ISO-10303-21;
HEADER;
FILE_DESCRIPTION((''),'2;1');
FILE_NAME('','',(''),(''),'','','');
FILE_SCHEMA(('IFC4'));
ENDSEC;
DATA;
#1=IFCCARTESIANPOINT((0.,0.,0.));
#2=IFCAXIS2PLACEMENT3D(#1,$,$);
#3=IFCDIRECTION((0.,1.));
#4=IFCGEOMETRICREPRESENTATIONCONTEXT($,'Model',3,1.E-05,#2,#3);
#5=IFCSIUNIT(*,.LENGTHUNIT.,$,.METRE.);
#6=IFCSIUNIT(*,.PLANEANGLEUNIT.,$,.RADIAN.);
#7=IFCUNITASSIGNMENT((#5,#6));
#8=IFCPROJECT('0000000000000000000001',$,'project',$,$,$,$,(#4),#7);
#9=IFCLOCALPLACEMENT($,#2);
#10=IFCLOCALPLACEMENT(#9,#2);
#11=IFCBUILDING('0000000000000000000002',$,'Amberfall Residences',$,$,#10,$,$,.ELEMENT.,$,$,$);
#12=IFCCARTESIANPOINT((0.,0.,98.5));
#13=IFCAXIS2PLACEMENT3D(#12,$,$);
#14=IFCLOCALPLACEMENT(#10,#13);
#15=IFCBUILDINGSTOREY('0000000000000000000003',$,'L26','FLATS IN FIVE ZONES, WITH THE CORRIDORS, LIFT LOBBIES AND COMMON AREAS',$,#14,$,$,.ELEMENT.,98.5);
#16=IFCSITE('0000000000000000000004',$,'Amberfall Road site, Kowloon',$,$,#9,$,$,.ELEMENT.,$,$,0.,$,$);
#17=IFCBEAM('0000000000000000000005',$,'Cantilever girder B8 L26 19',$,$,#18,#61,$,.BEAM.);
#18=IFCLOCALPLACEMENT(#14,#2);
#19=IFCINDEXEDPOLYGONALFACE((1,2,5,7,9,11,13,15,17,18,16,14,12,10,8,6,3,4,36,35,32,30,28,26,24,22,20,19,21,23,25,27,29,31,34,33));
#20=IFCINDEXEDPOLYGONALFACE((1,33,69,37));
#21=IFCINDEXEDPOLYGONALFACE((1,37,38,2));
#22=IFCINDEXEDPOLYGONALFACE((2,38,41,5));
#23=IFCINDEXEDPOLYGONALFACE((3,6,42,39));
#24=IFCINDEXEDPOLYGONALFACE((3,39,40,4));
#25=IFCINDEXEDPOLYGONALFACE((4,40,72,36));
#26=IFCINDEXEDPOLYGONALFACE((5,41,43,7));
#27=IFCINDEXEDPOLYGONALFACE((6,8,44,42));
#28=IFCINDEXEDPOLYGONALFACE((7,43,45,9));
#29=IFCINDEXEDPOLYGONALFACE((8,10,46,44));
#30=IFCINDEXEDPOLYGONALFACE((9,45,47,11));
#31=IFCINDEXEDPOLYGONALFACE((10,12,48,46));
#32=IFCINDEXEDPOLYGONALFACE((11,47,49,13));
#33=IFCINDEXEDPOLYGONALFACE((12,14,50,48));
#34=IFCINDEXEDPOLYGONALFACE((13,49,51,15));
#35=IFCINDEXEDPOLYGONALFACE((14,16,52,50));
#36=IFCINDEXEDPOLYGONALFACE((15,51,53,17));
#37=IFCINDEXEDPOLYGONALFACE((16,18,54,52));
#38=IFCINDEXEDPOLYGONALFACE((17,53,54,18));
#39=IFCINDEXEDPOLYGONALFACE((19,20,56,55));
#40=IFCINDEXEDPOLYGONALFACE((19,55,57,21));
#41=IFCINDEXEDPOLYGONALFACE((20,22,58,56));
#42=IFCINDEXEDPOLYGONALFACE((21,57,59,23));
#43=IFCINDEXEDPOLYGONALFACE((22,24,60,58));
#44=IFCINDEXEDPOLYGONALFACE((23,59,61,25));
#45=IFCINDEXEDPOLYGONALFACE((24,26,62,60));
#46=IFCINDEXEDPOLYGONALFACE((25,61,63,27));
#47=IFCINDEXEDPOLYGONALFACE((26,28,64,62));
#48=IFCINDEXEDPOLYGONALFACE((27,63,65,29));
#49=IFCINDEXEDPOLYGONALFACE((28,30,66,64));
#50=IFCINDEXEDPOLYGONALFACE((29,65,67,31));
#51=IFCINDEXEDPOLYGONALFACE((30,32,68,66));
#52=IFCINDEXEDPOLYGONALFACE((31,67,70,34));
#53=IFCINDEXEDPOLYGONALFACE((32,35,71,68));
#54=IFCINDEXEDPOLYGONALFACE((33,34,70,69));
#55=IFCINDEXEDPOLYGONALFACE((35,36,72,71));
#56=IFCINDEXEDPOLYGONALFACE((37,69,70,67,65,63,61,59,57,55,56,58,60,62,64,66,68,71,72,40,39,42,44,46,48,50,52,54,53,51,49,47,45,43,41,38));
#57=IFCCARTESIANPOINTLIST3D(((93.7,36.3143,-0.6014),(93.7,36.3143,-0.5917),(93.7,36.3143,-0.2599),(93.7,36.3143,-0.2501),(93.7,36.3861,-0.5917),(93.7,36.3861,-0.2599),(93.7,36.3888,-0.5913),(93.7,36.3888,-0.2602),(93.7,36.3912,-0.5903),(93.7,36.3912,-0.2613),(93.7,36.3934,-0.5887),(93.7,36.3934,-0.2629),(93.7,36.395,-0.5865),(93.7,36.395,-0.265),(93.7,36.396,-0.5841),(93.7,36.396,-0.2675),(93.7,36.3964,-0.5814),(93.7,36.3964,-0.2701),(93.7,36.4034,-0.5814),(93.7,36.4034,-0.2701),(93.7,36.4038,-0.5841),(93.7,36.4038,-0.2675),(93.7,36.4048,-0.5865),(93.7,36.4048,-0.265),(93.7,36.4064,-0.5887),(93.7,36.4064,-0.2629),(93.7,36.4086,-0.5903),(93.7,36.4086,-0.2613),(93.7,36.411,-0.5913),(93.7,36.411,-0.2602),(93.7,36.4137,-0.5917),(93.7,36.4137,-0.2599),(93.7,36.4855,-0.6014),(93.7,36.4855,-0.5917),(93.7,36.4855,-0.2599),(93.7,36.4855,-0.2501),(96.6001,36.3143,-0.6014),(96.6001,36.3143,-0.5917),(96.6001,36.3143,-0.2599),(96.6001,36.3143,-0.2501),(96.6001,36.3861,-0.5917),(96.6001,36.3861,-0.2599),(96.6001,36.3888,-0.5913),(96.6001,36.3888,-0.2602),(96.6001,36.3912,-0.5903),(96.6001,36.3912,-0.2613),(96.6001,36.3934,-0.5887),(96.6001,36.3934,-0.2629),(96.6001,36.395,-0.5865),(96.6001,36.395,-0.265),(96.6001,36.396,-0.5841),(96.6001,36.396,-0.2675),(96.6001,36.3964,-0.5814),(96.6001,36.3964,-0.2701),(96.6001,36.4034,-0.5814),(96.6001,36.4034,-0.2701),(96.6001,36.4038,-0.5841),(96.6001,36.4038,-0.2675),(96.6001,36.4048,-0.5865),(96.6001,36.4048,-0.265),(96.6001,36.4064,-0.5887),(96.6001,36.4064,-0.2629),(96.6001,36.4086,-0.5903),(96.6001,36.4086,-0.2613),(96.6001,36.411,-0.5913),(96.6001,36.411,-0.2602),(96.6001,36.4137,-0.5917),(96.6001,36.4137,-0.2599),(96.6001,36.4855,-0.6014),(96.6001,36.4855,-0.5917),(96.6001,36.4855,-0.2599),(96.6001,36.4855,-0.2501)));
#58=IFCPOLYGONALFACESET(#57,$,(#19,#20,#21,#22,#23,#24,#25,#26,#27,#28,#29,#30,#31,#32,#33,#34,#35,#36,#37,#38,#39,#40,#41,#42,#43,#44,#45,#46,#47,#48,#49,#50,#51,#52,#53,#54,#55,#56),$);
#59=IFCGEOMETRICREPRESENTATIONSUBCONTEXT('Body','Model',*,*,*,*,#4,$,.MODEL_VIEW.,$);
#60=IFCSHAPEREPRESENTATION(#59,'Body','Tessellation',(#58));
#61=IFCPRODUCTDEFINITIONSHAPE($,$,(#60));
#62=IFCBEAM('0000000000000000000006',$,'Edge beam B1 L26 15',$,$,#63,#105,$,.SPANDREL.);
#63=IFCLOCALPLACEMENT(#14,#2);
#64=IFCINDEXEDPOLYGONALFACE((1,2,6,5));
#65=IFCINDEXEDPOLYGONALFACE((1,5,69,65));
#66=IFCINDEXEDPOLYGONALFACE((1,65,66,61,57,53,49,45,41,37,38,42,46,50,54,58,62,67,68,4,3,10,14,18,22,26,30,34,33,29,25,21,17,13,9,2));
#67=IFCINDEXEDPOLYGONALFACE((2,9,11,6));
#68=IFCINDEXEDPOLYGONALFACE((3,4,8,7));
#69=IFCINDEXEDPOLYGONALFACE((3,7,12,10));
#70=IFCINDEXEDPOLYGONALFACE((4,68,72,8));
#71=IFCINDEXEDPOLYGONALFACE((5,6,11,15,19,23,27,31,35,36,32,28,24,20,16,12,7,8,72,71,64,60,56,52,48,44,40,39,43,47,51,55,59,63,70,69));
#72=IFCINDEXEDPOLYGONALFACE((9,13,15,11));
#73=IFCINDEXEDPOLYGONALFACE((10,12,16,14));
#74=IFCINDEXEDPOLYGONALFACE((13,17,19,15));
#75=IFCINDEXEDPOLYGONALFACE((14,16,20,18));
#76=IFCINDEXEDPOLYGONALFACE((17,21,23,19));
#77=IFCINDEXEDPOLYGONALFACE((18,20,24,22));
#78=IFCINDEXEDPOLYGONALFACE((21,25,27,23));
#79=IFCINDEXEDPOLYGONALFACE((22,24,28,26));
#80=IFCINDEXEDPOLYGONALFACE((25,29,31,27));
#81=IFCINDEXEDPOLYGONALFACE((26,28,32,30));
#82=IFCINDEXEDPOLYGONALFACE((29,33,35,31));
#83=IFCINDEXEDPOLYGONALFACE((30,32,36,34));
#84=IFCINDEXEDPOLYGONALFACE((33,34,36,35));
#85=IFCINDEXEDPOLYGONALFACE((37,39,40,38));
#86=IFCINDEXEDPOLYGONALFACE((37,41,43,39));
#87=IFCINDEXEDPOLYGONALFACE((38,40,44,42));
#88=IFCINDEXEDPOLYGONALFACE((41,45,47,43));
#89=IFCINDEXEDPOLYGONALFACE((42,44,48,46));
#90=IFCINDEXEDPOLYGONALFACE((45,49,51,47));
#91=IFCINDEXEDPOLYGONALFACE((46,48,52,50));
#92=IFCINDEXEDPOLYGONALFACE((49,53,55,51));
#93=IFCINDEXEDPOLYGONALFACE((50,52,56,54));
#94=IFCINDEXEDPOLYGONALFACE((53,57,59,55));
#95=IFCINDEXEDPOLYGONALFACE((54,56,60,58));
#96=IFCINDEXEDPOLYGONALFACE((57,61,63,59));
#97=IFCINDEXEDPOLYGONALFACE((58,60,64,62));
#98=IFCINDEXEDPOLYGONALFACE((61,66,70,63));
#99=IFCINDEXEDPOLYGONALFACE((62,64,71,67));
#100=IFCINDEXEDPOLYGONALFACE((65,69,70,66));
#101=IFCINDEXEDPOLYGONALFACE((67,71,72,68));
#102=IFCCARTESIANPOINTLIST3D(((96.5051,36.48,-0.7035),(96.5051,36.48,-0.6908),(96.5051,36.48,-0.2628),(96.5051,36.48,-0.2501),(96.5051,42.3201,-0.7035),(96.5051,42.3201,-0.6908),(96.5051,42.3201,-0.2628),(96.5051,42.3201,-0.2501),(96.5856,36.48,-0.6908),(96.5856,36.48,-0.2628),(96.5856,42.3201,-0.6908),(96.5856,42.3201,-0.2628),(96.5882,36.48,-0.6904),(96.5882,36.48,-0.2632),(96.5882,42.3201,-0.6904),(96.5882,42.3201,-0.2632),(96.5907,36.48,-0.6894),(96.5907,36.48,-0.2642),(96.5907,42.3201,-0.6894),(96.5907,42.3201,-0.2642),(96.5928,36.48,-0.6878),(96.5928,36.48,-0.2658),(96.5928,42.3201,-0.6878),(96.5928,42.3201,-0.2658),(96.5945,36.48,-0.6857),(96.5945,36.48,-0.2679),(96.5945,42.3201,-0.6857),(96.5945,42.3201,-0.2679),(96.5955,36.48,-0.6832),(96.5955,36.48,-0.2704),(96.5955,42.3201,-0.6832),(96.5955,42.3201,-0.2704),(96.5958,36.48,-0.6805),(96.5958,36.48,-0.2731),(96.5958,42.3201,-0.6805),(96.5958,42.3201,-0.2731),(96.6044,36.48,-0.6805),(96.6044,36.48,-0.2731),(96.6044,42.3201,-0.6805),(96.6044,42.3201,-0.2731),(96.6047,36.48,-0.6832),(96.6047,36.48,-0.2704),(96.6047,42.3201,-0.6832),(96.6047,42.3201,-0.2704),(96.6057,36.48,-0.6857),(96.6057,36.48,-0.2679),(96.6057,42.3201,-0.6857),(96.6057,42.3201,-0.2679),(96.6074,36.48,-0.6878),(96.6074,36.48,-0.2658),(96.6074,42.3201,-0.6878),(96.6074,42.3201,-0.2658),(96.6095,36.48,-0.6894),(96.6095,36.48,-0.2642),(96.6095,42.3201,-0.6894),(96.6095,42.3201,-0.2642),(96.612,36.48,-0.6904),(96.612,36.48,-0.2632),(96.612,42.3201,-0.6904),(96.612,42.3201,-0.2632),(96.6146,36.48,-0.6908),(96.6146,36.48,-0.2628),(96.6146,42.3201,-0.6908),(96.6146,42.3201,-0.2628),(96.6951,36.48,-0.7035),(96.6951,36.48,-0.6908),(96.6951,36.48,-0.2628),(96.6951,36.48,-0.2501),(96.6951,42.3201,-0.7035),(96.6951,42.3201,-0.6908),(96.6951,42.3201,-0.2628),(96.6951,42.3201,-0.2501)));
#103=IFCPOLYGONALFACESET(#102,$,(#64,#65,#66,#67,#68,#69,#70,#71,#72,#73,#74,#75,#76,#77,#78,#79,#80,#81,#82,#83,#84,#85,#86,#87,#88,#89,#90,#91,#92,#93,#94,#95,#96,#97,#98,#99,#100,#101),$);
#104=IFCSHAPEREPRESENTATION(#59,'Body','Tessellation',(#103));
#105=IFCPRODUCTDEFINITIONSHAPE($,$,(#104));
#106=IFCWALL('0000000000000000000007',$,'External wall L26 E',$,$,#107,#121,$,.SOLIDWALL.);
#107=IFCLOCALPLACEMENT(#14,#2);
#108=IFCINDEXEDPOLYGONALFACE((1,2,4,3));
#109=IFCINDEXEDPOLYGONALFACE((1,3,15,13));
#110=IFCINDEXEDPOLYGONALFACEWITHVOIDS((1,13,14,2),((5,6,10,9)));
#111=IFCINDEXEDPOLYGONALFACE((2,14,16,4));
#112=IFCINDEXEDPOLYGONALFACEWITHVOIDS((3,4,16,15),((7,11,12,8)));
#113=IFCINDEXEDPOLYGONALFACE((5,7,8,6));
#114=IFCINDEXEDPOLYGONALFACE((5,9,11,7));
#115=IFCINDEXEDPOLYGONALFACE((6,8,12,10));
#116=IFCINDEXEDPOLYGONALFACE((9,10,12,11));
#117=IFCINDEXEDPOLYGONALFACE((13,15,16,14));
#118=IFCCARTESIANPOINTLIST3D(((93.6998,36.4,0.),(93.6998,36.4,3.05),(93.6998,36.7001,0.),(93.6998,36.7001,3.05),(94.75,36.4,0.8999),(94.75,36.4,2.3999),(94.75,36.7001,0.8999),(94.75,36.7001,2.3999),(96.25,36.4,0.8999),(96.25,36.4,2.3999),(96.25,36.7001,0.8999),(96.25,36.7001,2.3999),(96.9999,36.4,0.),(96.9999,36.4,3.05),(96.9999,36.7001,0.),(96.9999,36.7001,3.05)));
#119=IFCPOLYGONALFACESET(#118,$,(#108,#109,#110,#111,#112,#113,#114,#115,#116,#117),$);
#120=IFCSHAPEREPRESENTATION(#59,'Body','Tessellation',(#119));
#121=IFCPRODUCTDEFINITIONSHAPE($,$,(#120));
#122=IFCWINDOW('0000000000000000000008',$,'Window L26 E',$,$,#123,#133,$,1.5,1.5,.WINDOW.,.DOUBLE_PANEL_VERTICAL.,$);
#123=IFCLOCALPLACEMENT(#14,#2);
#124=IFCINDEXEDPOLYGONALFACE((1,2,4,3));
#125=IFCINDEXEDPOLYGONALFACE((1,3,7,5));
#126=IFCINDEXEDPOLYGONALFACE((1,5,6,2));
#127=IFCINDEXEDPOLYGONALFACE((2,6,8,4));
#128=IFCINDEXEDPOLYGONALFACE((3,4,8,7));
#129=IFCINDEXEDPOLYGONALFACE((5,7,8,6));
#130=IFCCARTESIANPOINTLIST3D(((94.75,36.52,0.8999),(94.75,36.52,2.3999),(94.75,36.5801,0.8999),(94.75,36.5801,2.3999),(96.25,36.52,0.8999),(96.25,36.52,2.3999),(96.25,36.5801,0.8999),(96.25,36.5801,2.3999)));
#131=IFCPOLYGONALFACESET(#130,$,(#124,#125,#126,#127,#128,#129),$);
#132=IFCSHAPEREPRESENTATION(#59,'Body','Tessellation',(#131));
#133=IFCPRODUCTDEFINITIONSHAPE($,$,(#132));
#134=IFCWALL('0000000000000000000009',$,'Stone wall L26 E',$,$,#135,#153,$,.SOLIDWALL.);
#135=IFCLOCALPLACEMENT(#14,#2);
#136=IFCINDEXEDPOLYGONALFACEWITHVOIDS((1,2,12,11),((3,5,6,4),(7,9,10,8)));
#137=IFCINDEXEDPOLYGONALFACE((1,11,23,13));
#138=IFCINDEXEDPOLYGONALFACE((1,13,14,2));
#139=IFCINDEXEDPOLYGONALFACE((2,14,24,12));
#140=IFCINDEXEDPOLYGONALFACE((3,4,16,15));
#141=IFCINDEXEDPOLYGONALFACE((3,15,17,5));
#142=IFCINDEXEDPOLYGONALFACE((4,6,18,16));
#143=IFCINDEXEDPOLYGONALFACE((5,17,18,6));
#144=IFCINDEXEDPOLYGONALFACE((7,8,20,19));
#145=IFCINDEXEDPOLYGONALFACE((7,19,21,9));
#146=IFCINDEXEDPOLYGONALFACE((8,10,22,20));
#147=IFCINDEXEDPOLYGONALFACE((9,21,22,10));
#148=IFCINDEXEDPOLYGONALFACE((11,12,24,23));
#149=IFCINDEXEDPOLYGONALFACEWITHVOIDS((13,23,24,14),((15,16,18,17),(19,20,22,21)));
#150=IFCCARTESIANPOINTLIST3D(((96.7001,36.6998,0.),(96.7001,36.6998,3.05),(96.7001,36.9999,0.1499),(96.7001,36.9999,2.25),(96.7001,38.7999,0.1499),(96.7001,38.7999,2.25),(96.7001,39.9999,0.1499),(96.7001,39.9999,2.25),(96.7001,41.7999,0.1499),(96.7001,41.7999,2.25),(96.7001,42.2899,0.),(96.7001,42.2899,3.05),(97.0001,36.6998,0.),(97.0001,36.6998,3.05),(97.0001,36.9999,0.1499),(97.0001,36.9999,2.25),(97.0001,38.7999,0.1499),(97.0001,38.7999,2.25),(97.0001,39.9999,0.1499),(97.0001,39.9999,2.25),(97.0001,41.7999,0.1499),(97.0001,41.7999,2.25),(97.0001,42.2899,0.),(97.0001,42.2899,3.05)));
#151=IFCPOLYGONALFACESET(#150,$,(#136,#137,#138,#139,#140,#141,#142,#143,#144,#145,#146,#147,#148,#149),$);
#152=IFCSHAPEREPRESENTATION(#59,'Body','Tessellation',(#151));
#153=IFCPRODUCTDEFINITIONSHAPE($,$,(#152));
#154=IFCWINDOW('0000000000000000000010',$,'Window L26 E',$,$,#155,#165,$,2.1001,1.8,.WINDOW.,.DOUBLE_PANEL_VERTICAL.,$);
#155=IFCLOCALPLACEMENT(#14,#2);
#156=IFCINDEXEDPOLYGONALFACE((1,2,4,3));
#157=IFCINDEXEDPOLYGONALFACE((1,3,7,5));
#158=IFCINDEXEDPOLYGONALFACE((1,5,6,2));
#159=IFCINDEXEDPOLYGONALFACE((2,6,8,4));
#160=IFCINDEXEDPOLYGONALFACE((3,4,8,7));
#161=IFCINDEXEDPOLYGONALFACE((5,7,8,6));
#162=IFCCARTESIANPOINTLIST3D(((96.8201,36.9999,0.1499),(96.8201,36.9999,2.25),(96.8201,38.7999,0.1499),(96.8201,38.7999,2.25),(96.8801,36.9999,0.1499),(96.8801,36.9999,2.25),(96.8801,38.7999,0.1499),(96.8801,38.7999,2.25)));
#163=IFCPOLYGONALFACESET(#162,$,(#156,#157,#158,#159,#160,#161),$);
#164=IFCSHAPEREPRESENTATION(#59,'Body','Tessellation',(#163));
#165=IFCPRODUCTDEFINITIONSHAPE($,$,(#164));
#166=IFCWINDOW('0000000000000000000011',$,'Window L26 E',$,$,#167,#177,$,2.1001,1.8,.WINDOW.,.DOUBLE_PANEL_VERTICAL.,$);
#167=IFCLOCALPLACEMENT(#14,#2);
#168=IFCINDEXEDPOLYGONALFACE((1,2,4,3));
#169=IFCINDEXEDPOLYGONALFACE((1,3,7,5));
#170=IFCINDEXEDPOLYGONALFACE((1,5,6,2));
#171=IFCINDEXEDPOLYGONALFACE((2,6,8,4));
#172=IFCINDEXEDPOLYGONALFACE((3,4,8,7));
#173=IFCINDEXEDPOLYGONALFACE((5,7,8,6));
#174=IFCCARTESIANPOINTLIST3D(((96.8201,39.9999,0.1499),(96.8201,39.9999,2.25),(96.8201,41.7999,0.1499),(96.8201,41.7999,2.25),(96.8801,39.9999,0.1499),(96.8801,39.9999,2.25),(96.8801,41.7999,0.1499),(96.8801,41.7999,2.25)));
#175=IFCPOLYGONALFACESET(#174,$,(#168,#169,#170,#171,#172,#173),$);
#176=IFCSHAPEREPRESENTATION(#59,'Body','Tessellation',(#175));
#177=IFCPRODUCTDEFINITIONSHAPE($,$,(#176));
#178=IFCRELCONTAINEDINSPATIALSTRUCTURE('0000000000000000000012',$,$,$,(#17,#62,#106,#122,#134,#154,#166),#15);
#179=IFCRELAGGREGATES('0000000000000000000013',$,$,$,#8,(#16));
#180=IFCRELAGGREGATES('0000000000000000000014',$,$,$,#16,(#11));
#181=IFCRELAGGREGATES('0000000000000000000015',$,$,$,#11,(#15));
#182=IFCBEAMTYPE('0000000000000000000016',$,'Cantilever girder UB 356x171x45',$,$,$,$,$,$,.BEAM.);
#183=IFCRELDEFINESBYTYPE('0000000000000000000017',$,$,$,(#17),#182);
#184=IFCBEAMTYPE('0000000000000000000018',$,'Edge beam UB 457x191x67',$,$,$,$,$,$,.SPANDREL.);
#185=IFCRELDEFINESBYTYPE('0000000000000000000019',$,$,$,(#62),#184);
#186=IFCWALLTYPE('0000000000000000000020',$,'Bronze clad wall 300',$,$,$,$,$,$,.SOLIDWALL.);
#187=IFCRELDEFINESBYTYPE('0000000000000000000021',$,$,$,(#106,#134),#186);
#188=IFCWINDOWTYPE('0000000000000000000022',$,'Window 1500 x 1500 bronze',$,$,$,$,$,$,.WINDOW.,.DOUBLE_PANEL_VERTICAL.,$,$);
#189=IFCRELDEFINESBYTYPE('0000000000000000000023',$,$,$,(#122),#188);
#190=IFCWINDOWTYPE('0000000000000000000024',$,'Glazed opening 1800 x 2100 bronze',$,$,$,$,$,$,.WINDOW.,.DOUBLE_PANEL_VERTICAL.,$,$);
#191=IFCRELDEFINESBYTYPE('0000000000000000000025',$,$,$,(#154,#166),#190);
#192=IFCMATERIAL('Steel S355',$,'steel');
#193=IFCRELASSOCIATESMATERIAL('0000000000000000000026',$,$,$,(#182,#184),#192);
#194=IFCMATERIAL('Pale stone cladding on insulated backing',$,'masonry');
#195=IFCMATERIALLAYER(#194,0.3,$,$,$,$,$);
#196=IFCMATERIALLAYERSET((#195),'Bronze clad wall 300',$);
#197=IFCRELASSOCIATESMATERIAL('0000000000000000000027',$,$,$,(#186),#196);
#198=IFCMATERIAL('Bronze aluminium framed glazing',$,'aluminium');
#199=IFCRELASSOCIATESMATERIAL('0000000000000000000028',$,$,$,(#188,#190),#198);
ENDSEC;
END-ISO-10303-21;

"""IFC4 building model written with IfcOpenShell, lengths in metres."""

from ifc_helpers import new_model, si_unit, direction, frame, frame_2d, origin, origin_2d, place, context, subcontext, project, spatial, rectangle, i_section, extrude, material, layer, layer_set, material_profile, profile_set, type_object, element, fill, save


model = new_model("IFC4")

# Units and contexts
model_context = context("Model", 3, precision=1e-05, world=origin(), true_north=direction((0.0, 1.0)))
body_context = subcontext(model_context, "Body", "Model", "MODEL_VIEW")
ifc_project = project(units=[si_unit("LENGTHUNIT", "METRE"), si_unit("PLANEANGLEUNIT", "RADIAN")], contexts=[model_context])

# Site, building, storey
site_placement = place(None, origin())
site = spatial("IfcSite", under=ifc_project, at=site_placement, Name="Amberfall Road site, Kowloon", CompositionType="ELEMENT", RefElevation=0.0)
building_placement = place(site_placement, origin())
building = spatial("IfcBuilding", under=site, at=building_placement, Name="Amberfall Residences", CompositionType="ELEMENT")
storey_placement = place(building_placement, frame((0.0, 0.0, 98.5)))
storey = spatial("IfcBuildingStorey", under=building, at=storey_placement, Name="L26", Description="FLATS IN FIVE ZONES, WITH THE CORRIDORS, LIFT LOBBIES AND COMMON AREAS", CompositionType="ELEMENT", Elevation=98.5)

# Beams
ifc_material_1 = material(Name="Steel S355", Category="steel")
ifc_material_profile_1 = material_profile(ifc_material_1, i_section(OverallWidth=0.1711, OverallDepth=0.3513, WebThickness=0.0071, FlangeThickness=0.0098, FilletRadius=0.0103, at=origin_2d()), Name="UB 356x171x45")
ifc_profile_set_1 = profile_set([ifc_material_profile_1], Name="Steel S355")
beam_type_1 = type_object("IfcBeamType", Name="Cantilever girder UB 356x171x45", PredefinedType="BEAM", material=ifc_profile_set_1)
beam_1_placement = place(storey_placement, frame((93.7, 36.3999, -0.4258), z_axis=(1.0, 0.0, 0.0), x_axis=(0.0, 1.0, 0.0)))
element("IfcBeam", 1, at=beam_1_placement, inside=storey, type_object=beam_type_1, Name="Cantilever girder B8 L26 19", PredefinedType="BEAM", context=body_context, shape_type="SweptSolid", body=[
    extrude(i_section(OverallWidth=0.1711, OverallDepth=0.3513, WebThickness=0.0071, FlangeThickness=0.0098, FilletRadius=0.0103, at=origin_2d()), origin(), (0.0, 0.0, 1.0), 2.9001),
])
ifc_material_profile_2 = material_profile(ifc_material_1, i_section(OverallWidth=0.1899, OverallDepth=0.4534, WebThickness=0.0085, FlangeThickness=0.0127, FilletRadius=0.0103, at=origin_2d()), Name="UB 457x191x67")
ifc_profile_set_2 = profile_set([ifc_material_profile_2], Name="Steel S355")
beam_type_2 = type_object("IfcBeamType", Name="Edge beam UB 457x191x67", PredefinedType="SPANDREL", material=ifc_profile_set_2)
beam_2_placement = place(storey_placement, frame((96.6001, 36.48, -0.4768), z_axis=(0.0, 1.0, 0.0), x_axis=(-1.0, 0.0, 0.0)))
element("IfcBeam", 2, at=beam_2_placement, inside=storey, type_object=beam_type_2, Name="Edge beam B1 L26 15", PredefinedType="SPANDREL", context=body_context, shape_type="SweptSolid", body=[
    extrude(i_section(OverallWidth=0.1899, OverallDepth=0.4534, WebThickness=0.0085, FlangeThickness=0.0127, FilletRadius=0.0103, at=origin_2d()), origin(), (0.0, 0.0, 1.0), 5.8401),
])

# Wall, opening, window
ifc_material_2 = material(Name="Pale stone cladding on insulated backing", Category="masonry")
ifc_layer_1 = layer(ifc_material_2, 0.3)
ifc_layer_set_1 = layer_set([ifc_layer_1], Name="Bronze clad wall 300")
wall_type_1 = type_object("IfcWallType", Name="Bronze clad wall 300", PredefinedType="SOLIDWALL", material=ifc_layer_set_1)
wall_1_placement = place(storey_placement, frame((93.7, 36.55, 0.0), z_axis=(0.0, 0.0, 1.0), x_axis=(1.0, 0.0, 0.0)))
wall_1 = element("IfcWall", 3, at=wall_1_placement, inside=storey, type_object=wall_type_1, Name="External wall L26 E", PredefinedType="SOLIDWALL", context=body_context, shape_type="SweptSolid", body=[
    extrude(rectangle(XDim=3.3, YDim=0.3, at=frame_2d((1.6499, 0.0))), origin(), (0.0, 0.0, 1.0), 3.05),
])
opening_1_placement = place(wall_1_placement, frame((1.05, 0.0, 0.8999)))
opening_1 = element("IfcOpeningElement", 4, at=opening_1_placement, cuts=wall_1, PredefinedType="OPENING", context=body_context, shape_type="SweptSolid", body=[
    extrude(rectangle(XDim=1.5, YDim=1.5, at=frame_2d((0.75, 0.75))), frame((0.0, 0.1599, 0.0), z_axis=(0.0, -1.0, 0.0), x_axis=(1.0, 0.0, 0.0)), (0.0, 0.0, 1.0), 0.3201),
])
ifc_material_3 = material(Name="Bronze aluminium framed glazing", Category="aluminium")
window_type_1 = type_object("IfcWindowType", Name="Window 1500 x 1500 bronze", PartitioningType="DOUBLE_PANEL_VERTICAL", PredefinedType="WINDOW", material=ifc_material_3)
window_1_placement = place(opening_1_placement, origin())
window_1 = element("IfcWindow", 5, at=window_1_placement, inside=storey, type_object=window_type_1, Name="Window L26 E", OverallHeight=1.5, OverallWidth=1.5, PartitioningType="DOUBLE_PANEL_VERTICAL", PredefinedType="WINDOW", context=body_context, shape_type="SweptSolid", body=[
    extrude(rectangle(XDim=1.5, YDim=1.5, at=frame_2d((0.75, 0.75))), frame((0.0, 0.03, 0.0), z_axis=(0.0, -1.0, 0.0), x_axis=(1.0, 0.0, 0.0)), (0.0, 0.0, 1.0), 0.0601),
])
fill(opening_1, window_1)

# Wall, openings, windows
wall_2_placement = place(storey_placement, frame((96.8501, 36.7, 0.0), z_axis=(0.0, 0.0, 1.0), x_axis=(0.0, 1.0, 0.0)))
wall_2 = element("IfcWall", 6, at=wall_2_placement, inside=storey, type_object=wall_type_1, Name="Stone wall L26 E", PredefinedType="SOLIDWALL", context=body_context, shape_type="SweptSolid", body=[
    extrude(rectangle(XDim=5.5901, YDim=0.3, at=frame_2d((2.7949, 0.0))), origin(), (0.0, 0.0, 1.0), 3.05),
])
opening_2_placement = place(wall_2_placement, frame((0.3, 0.0, 0.1499)))
opening_2 = element("IfcOpeningElement", 7, at=opening_2_placement, cuts=wall_2, PredefinedType="OPENING", context=body_context, shape_type="SweptSolid", body=[
    extrude(rectangle(XDim=1.8, YDim=2.1001, at=frame_2d((0.8999, 1.05))), frame((0.0, 0.1599, 0.0), z_axis=(0.0, -1.0, 0.0), x_axis=(1.0, 0.0, 0.0)), (0.0, 0.0, 1.0), 0.3201),
])
opening_3_placement = place(wall_2_placement, frame((3.3, 0.0, 0.1499)))
opening_3 = element("IfcOpeningElement", 8, at=opening_3_placement, cuts=wall_2, PredefinedType="OPENING", context=body_context, shape_type="SweptSolid", body=[
    extrude(rectangle(XDim=1.8, YDim=2.1001, at=frame_2d((0.8999, 1.05))), frame((0.0, 0.1599, 0.0), z_axis=(0.0, -1.0, 0.0), x_axis=(1.0, 0.0, 0.0)), (0.0, 0.0, 1.0), 0.3201),
])
window_type_2 = type_object("IfcWindowType", Name="Glazed opening 1800 x 2100 bronze", PartitioningType="DOUBLE_PANEL_VERTICAL", PredefinedType="WINDOW", material=ifc_material_3)
window_2_placement = place(opening_2_placement, origin())
window_2 = element("IfcWindow", 9, at=window_2_placement, inside=storey, type_object=window_type_2, Name="Window L26 E", OverallHeight=2.1001, OverallWidth=1.8, PartitioningType="DOUBLE_PANEL_VERTICAL", PredefinedType="WINDOW", context=body_context, shape_type="SweptSolid", body=[
    extrude(rectangle(XDim=1.8, YDim=2.1001, at=frame_2d((0.8999, 1.05))), frame((0.0, 0.03, 0.0), z_axis=(0.0, -1.0, 0.0), x_axis=(1.0, 0.0, 0.0)), (0.0, 0.0, 1.0), 0.0601),
])
fill(opening_2, window_2)
window_3_placement = place(opening_3_placement, origin())
window_3 = element("IfcWindow", 10, at=window_3_placement, inside=storey, type_object=window_type_2, Name="Window L26 E", OverallHeight=2.1001, OverallWidth=1.8, PartitioningType="DOUBLE_PANEL_VERTICAL", PredefinedType="WINDOW", context=body_context, shape_type="SweptSolid", body=[
    extrude(rectangle(XDim=1.8, YDim=2.1001, at=frame_2d((0.8999, 1.05))), frame((0.0, 0.03, 0.0), z_axis=(0.0, -1.0, 0.0), x_axis=(1.0, 0.0, 0.0)), (0.0, 0.0, 1.0), 0.0601),
])
fill(opening_3, window_3)

save(model, "model.ifc")
